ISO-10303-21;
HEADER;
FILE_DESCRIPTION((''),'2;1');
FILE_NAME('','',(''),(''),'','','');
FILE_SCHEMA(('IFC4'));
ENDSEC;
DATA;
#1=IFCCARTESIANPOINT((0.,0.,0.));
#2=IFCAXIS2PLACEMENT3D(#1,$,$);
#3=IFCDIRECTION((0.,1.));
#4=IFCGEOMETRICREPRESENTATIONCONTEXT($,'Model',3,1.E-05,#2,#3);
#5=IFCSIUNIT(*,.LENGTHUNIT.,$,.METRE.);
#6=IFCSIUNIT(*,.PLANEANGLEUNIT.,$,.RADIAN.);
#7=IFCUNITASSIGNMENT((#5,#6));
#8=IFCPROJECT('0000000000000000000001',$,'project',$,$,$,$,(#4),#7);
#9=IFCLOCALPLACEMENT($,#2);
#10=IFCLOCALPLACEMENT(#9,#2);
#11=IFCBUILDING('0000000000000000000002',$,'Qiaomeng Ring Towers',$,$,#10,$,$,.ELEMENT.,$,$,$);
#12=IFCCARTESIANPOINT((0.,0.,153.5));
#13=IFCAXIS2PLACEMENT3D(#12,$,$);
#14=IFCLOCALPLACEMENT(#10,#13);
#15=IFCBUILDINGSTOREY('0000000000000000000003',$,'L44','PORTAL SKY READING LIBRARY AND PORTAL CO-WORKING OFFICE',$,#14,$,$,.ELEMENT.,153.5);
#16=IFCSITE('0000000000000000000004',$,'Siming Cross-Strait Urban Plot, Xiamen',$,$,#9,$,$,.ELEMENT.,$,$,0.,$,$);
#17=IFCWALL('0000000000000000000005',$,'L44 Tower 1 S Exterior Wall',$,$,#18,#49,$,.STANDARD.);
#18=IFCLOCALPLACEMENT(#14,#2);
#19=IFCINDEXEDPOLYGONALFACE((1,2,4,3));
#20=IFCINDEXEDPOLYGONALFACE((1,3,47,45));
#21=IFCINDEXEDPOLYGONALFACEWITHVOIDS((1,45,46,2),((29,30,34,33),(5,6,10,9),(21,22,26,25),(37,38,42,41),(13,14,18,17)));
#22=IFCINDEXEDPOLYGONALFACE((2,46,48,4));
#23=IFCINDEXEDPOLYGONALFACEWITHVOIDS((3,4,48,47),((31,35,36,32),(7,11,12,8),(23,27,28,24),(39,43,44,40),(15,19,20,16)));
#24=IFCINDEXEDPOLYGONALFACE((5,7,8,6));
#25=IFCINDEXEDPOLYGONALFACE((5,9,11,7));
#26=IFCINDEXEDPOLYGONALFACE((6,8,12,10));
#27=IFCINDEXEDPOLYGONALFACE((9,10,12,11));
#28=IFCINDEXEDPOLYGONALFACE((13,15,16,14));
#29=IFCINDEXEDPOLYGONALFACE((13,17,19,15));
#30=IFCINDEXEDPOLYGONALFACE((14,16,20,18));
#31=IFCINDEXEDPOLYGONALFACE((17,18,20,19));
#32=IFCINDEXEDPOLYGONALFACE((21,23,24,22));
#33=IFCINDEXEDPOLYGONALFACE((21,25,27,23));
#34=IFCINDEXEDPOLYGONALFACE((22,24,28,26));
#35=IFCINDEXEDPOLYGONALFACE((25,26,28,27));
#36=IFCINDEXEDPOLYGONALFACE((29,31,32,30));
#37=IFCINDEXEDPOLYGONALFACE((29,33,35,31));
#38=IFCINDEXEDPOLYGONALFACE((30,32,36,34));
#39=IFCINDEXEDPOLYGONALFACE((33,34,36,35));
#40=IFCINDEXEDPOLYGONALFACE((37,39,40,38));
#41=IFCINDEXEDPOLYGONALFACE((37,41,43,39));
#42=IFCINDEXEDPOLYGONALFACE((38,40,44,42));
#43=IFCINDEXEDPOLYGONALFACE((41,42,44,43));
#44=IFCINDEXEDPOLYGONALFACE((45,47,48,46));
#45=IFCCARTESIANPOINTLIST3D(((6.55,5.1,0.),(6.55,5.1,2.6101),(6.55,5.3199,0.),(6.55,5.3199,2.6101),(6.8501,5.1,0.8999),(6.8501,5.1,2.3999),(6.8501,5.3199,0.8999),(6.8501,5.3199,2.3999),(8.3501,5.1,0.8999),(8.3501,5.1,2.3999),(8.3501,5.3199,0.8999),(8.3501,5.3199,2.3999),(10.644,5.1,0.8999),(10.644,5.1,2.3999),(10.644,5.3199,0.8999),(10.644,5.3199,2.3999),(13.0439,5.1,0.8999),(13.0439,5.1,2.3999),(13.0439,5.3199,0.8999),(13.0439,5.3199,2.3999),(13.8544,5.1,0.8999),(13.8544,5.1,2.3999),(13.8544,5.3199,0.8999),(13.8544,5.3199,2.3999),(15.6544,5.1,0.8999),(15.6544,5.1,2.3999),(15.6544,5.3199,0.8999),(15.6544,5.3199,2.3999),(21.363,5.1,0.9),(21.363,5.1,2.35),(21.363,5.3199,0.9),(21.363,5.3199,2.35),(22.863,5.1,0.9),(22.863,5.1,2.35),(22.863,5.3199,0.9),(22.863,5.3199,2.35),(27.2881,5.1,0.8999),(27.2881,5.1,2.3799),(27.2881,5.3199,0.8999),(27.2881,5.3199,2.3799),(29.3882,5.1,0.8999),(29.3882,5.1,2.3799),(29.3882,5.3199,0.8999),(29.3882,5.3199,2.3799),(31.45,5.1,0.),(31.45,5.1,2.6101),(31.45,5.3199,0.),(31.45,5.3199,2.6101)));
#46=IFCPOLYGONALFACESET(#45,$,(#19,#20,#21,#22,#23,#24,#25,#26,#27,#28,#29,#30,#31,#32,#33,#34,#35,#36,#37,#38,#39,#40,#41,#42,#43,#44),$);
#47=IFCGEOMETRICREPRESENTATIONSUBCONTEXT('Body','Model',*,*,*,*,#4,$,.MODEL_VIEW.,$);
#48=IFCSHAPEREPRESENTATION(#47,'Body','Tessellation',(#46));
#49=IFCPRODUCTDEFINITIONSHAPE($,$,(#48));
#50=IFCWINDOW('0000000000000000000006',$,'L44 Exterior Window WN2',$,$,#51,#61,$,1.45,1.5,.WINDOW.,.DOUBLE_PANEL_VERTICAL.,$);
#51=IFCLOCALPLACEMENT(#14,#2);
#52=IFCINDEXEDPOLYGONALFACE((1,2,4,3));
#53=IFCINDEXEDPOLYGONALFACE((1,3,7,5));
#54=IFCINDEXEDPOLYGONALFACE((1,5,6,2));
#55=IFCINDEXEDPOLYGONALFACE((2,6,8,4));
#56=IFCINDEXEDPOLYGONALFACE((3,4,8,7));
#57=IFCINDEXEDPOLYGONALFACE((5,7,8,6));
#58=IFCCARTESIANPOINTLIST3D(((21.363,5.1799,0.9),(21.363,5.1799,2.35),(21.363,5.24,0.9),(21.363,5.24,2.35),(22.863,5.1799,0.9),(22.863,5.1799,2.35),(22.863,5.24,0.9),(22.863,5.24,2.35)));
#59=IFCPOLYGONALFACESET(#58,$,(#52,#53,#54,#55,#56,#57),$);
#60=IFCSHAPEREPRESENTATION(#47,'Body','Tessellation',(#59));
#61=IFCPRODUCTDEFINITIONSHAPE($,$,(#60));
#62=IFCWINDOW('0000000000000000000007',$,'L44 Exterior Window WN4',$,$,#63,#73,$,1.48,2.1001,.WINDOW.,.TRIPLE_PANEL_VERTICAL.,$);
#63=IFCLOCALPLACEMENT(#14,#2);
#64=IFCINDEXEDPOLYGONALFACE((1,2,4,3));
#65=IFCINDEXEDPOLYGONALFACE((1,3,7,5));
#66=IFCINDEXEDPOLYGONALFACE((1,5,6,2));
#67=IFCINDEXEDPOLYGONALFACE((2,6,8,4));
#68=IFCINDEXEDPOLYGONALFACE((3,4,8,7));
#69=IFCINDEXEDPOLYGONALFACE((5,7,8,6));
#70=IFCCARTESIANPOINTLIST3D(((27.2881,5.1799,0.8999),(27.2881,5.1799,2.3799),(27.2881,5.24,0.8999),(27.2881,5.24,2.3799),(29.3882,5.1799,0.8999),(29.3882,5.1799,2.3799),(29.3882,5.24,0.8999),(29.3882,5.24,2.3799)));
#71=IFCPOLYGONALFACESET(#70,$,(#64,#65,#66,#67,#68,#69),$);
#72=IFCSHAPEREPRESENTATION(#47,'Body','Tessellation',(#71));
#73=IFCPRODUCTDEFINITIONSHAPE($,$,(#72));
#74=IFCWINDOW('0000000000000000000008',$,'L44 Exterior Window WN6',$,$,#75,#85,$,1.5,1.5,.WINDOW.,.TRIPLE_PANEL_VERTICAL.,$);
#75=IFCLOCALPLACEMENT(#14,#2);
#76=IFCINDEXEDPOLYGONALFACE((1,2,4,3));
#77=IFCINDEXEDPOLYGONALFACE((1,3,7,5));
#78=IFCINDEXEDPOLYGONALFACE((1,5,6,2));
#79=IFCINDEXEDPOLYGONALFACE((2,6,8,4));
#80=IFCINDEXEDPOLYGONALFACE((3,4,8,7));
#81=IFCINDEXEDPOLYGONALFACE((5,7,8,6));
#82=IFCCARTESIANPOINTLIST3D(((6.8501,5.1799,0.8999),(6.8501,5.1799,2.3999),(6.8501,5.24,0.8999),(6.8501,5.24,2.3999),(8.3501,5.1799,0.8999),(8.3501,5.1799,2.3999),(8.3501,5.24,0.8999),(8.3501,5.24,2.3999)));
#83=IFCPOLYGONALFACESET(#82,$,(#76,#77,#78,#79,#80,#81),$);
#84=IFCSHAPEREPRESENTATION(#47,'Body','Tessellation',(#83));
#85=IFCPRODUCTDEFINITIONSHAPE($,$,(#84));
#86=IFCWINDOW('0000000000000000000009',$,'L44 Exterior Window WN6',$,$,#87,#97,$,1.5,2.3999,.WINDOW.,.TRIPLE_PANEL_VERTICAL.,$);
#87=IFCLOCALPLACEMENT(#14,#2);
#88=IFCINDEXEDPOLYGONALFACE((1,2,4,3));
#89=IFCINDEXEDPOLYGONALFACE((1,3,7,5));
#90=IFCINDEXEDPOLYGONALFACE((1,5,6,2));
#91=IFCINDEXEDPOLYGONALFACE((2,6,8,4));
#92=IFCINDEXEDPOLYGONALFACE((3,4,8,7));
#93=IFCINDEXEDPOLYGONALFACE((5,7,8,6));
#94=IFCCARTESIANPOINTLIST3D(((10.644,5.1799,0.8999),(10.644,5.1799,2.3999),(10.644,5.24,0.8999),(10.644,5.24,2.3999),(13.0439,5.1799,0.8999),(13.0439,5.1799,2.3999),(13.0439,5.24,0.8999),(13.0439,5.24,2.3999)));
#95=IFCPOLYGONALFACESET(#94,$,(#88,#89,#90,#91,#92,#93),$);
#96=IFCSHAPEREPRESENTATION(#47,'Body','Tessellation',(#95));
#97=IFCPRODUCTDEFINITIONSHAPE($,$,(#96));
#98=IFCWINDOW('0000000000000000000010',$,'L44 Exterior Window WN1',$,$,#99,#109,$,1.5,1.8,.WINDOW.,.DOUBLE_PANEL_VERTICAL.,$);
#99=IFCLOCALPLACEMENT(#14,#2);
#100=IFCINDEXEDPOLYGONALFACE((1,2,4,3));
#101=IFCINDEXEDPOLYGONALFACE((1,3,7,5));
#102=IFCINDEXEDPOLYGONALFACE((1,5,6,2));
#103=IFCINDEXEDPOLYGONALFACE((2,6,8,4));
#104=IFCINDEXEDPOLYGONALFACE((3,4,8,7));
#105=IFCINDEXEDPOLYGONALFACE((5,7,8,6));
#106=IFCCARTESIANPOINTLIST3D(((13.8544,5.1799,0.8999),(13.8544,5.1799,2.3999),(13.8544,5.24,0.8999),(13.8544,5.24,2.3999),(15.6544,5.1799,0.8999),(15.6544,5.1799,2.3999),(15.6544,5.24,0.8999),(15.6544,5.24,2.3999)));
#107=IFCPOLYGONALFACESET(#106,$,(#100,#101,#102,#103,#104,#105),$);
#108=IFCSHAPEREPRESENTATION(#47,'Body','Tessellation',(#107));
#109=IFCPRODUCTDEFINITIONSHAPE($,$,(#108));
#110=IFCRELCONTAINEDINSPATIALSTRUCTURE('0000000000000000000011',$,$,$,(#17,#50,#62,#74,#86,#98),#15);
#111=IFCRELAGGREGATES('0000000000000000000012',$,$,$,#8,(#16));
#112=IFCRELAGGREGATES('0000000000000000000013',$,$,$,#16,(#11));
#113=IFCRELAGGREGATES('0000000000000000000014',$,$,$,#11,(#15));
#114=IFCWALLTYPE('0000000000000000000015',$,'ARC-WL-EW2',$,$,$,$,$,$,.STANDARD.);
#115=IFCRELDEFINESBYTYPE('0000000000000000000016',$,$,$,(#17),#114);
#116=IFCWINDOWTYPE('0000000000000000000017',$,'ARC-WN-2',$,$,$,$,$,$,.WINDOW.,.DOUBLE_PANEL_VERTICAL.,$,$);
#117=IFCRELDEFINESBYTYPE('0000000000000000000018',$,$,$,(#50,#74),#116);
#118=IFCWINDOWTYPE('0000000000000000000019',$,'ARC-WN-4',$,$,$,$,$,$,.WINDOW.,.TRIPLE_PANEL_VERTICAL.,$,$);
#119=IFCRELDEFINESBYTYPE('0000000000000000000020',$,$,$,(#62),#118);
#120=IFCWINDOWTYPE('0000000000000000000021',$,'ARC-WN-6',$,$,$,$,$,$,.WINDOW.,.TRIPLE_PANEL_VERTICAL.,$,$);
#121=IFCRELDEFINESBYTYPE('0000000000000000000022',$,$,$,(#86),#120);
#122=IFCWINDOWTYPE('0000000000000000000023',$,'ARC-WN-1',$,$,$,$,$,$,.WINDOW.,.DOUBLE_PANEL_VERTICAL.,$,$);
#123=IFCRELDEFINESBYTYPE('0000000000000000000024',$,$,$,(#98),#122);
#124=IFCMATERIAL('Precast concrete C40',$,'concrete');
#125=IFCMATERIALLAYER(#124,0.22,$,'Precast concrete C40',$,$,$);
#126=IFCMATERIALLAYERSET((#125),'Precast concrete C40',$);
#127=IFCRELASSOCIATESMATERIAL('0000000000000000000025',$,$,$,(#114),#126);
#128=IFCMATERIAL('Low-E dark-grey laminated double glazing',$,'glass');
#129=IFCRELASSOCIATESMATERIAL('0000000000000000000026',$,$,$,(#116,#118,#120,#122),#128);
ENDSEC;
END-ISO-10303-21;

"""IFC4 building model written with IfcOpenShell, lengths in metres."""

from ifc_helpers import new_model, si_unit, direction, frame, frame_2d, origin, place, context, subcontext, project, spatial, rectangle, extrude, source, transform, mapped, material, layer, layer_set, type_object, element, fill, save


model = new_model("IFC4")

# Units and contexts
model_context = context("Model", 3, precision=1e-05, world=origin(), true_north=direction((0.0, 1.0)))
body_context = subcontext(model_context, "Body", "Model", "MODEL_VIEW")
ifc_project = project(units=[si_unit("LENGTHUNIT", "METRE"), si_unit("PLANEANGLEUNIT", "RADIAN")], contexts=[model_context])

# Site, building, storey
site_placement = place(None, origin())
site = spatial("IfcSite", under=ifc_project, at=site_placement, Name="Siming Cross-Strait Urban Plot, Xiamen", CompositionType="ELEMENT", RefElevation=0.0)
building_placement = place(site_placement, origin())
building = spatial("IfcBuilding", under=site, at=building_placement, Name="Qiaomeng Ring Towers", CompositionType="ELEMENT")
storey_placement = place(building_placement, frame((0.0, 0.0, 153.5)))
storey = spatial("IfcBuildingStorey", under=building, at=storey_placement, Name="L44", Description="PORTAL SKY READING LIBRARY AND PORTAL CO-WORKING OFFICE", CompositionType="ELEMENT", Elevation=153.5)

# Shared definitions
ifc_material_1 = material(Name="Low-E dark-grey laminated double glazing", Category="glass")

# Wall, openings, windows
ifc_material_2 = material(Name="Precast concrete C40", Category="concrete")
ifc_layer_1 = layer(ifc_material_2, 0.22, Name="Precast concrete C40")
ifc_layer_set_1 = layer_set([ifc_layer_1], Name="Precast concrete C40")
wall_type = type_object("IfcWallType", Name="ARC-WL-EW2", PredefinedType="STANDARD", material=ifc_layer_set_1)
wall_placement = place(storey_placement, frame((6.55, 5.21, 0.0), z_axis=(0.0, 0.0, 1.0), x_axis=(1.0, 0.0, 0.0)))
wall = element("IfcWall", 1, at=wall_placement, inside=storey, type_object=wall_type, Name="L44 Tower 1 S Exterior Wall", PredefinedType="STANDARD", context=body_context, shape_type="SweptSolid", body=[
    extrude(rectangle(XDim=24.8999, YDim=0.22, at=frame_2d((12.45, 0.0))), origin(), (0.0, 0.0, 1.0), 2.6101),
])
opening_1_placement = place(wall_placement, frame((0.3, 0.0, 0.8999)))
opening_1 = element("IfcOpeningElement", 2, at=opening_1_placement, cuts=wall, PredefinedType="OPENING", context=body_context, shape_type="SweptSolid", body=[
    extrude(rectangle(XDim=1.5, YDim=1.5, at=frame_2d((0.75, 0.75))), frame((0.0, 0.1199, 0.0), z_axis=(0.0, -1.0, 0.0), x_axis=(1.0, 0.0, 0.0)), (0.0, 0.0, 1.0), 0.24),
])
opening_2_placement = place(wall_placement, frame((7.3044, 0.0, 0.8999)))
opening_2 = element("IfcOpeningElement", 3, at=opening_2_placement, cuts=wall, PredefinedType="OPENING", context=body_context, shape_type="SweptSolid", body=[
    extrude(rectangle(XDim=1.8, YDim=1.5, at=frame_2d((0.8999, 0.75))), frame((0.0, 0.1199, 0.0), z_axis=(0.0, -1.0, 0.0), x_axis=(1.0, 0.0, 0.0)), (0.0, 0.0, 1.0), 0.24),
])
opening_3_placement = place(wall_placement, frame((14.813, 0.0, 0.8999)))
opening_3 = element("IfcOpeningElement", 4, at=opening_3_placement, cuts=wall, PredefinedType="OPENING", context=body_context, shape_type="SweptSolid", body=[
    extrude(rectangle(XDim=1.5, YDim=1.45, at=frame_2d((0.75, 0.7251))), frame((0.0, 0.1199, 0.0), z_axis=(0.0, -1.0, 0.0), x_axis=(1.0, 0.0, 0.0)), (0.0, 0.0, 1.0), 0.24),
])
opening_4_placement = place(wall_placement, frame((20.738, 0.0, 0.8999)))
opening_4 = element("IfcOpeningElement", 5, at=opening_4_placement, cuts=wall, PredefinedType="OPENING", context=body_context, shape_type="SweptSolid", body=[
    extrude(rectangle(XDim=2.1001, YDim=1.48, at=frame_2d((1.05, 0.74))), frame((0.0, 0.1199, 0.0), z_axis=(0.0, -1.0, 0.0), x_axis=(1.0, 0.0, 0.0)), (0.0, 0.0, 1.0), 0.24),
])
opening_5_placement = place(wall_placement, frame((4.094, 0.0, 0.8999)))
opening_5 = element("IfcOpeningElement", 6, at=opening_5_placement, cuts=wall, PredefinedType="OPENING", context=body_context, shape_type="SweptSolid", body=[
    extrude(rectangle(XDim=2.3999, YDim=1.5, at=frame_2d((1.2, 0.75))), frame((0.0, 0.1199, 0.0), z_axis=(0.0, -1.0, 0.0), x_axis=(1.0, 0.0, 0.0)), (0.0, 0.0, 1.0), 0.24),
])
window_type_1 = type_object("IfcWindowType", Name="ARC-WN-2", PartitioningType="DOUBLE_PANEL_VERTICAL", PredefinedType="WINDOW", material=ifc_material_1)
shared_shape_1 = source(origin(), body_context, "Body", "SweptSolid", [
    extrude(rectangle(XDim=1.5, YDim=1.45, at=frame_2d((0.75, 0.7251))), frame((0.0, 0.03, 0.0), z_axis=(0.0, -1.0, 0.0), x_axis=(1.0, 0.0, 0.0)), (0.0, 0.0, 1.0), 0.0601),
])
window_1_placement = place(opening_3_placement, origin())
window_1 = element("IfcWindow", 7, at=window_1_placement, inside=storey, type_object=window_type_1, Name="L44 Exterior Window WN2", OverallHeight=1.45, OverallWidth=1.5, PartitioningType="DOUBLE_PANEL_VERTICAL", PredefinedType="WINDOW", context=body_context, shape_type="MappedRepresentation", body=[
    mapped(shared_shape_1, transform((0.0, 0.0, 0.0), x_axis=(1.0, 0.0, 0.0), y_axis=(0.0, 1.0, 0.0), z_axis=(0.0, 0.0, 1.0), scale=1.0)),
])
fill(opening_3, window_1)
window_type_2 = type_object("IfcWindowType", Name="ARC-WN-4", PartitioningType="TRIPLE_PANEL_VERTICAL", PredefinedType="WINDOW", material=ifc_material_1)
shared_shape_2 = source(origin(), body_context, "Body", "SweptSolid", [
    extrude(rectangle(XDim=2.1001, YDim=1.48, at=frame_2d((1.05, 0.74))), frame((0.0, 0.03, 0.0), z_axis=(0.0, -1.0, 0.0), x_axis=(1.0, 0.0, 0.0)), (0.0, 0.0, 1.0), 0.0601),
])
window_2_placement = place(opening_4_placement, origin())
window_2 = element("IfcWindow", 8, at=window_2_placement, inside=storey, type_object=window_type_2, Name="L44 Exterior Window WN4", OverallHeight=1.48, OverallWidth=2.1001, PartitioningType="TRIPLE_PANEL_VERTICAL", PredefinedType="WINDOW", context=body_context, shape_type="MappedRepresentation", body=[
    mapped(shared_shape_2, transform((0.0, 0.0, 0.0), x_axis=(1.0, 0.0, 0.0), y_axis=(0.0, 1.0, 0.0), z_axis=(0.0, 0.0, 1.0), scale=1.0)),
])
fill(opening_4, window_2)
shared_shape_3 = source(origin(), body_context, "Body", "SweptSolid", [
    extrude(rectangle(XDim=1.5, YDim=1.5, at=frame_2d((0.75, 0.75))), frame((0.0, 0.03, 0.0), z_axis=(0.0, -1.0, 0.0), x_axis=(1.0, 0.0, 0.0)), (0.0, 0.0, 1.0), 0.0601),
])
window_3_placement = place(opening_1_placement, origin())
window_3 = element("IfcWindow", 9, at=window_3_placement, inside=storey, type_object=window_type_1, Name="L44 Exterior Window WN6", OverallHeight=1.5, OverallWidth=1.5, PartitioningType="TRIPLE_PANEL_VERTICAL", PredefinedType="WINDOW", context=body_context, shape_type="MappedRepresentation", body=[
    mapped(shared_shape_3, transform((0.0, 0.0, 0.0), x_axis=(1.0, 0.0, 0.0), y_axis=(0.0, 1.0, 0.0), z_axis=(0.0, 0.0, 1.0), scale=1.0)),
])
fill(opening_1, window_3)
window_type_3 = type_object("IfcWindowType", Name="ARC-WN-6", PartitioningType="TRIPLE_PANEL_VERTICAL", PredefinedType="WINDOW", material=ifc_material_1)
shared_shape_4 = source(origin(), body_context, "Body", "SweptSolid", [
    extrude(rectangle(XDim=2.3999, YDim=1.5, at=frame_2d((1.2, 0.75))), frame((0.0, 0.03, 0.0), z_axis=(0.0, -1.0, 0.0), x_axis=(1.0, 0.0, 0.0)), (0.0, 0.0, 1.0), 0.0601),
])
window_4_placement = place(opening_5_placement, origin())
window_4 = element("IfcWindow", 10, at=window_4_placement, inside=storey, type_object=window_type_3, Name="L44 Exterior Window WN6", OverallHeight=1.5, OverallWidth=2.3999, PartitioningType="TRIPLE_PANEL_VERTICAL", PredefinedType="WINDOW", context=body_context, shape_type="MappedRepresentation", body=[
    mapped(shared_shape_4, transform((0.0, 0.0, 0.0), x_axis=(1.0, 0.0, 0.0), y_axis=(0.0, 1.0, 0.0), z_axis=(0.0, 0.0, 1.0), scale=1.0)),
])
fill(opening_5, window_4)
window_type_4 = type_object("IfcWindowType", Name="ARC-WN-1", PartitioningType="DOUBLE_PANEL_VERTICAL", PredefinedType="WINDOW", material=ifc_material_1)
shared_shape_5 = source(origin(), body_context, "Body", "SweptSolid", [
    extrude(rectangle(XDim=1.8, YDim=1.5, at=frame_2d((0.8999, 0.75))), frame((0.0, 0.03, 0.0), z_axis=(0.0, -1.0, 0.0), x_axis=(1.0, 0.0, 0.0)), (0.0, 0.0, 1.0), 0.0601),
])
window_5_placement = place(opening_2_placement, origin())
window_5 = element("IfcWindow", 11, at=window_5_placement, inside=storey, type_object=window_type_4, Name="L44 Exterior Window WN1", OverallHeight=1.5, OverallWidth=1.8, PartitioningType="DOUBLE_PANEL_VERTICAL", PredefinedType="WINDOW", context=body_context, shape_type="MappedRepresentation", body=[
    mapped(shared_shape_5, transform((0.0, 0.0, 0.0), x_axis=(1.0, 0.0, 0.0), y_axis=(0.0, 1.0, 0.0), z_axis=(0.0, 0.0, 1.0), scale=1.0)),
])
fill(opening_2, window_5)

save(model, "model.ifc")
